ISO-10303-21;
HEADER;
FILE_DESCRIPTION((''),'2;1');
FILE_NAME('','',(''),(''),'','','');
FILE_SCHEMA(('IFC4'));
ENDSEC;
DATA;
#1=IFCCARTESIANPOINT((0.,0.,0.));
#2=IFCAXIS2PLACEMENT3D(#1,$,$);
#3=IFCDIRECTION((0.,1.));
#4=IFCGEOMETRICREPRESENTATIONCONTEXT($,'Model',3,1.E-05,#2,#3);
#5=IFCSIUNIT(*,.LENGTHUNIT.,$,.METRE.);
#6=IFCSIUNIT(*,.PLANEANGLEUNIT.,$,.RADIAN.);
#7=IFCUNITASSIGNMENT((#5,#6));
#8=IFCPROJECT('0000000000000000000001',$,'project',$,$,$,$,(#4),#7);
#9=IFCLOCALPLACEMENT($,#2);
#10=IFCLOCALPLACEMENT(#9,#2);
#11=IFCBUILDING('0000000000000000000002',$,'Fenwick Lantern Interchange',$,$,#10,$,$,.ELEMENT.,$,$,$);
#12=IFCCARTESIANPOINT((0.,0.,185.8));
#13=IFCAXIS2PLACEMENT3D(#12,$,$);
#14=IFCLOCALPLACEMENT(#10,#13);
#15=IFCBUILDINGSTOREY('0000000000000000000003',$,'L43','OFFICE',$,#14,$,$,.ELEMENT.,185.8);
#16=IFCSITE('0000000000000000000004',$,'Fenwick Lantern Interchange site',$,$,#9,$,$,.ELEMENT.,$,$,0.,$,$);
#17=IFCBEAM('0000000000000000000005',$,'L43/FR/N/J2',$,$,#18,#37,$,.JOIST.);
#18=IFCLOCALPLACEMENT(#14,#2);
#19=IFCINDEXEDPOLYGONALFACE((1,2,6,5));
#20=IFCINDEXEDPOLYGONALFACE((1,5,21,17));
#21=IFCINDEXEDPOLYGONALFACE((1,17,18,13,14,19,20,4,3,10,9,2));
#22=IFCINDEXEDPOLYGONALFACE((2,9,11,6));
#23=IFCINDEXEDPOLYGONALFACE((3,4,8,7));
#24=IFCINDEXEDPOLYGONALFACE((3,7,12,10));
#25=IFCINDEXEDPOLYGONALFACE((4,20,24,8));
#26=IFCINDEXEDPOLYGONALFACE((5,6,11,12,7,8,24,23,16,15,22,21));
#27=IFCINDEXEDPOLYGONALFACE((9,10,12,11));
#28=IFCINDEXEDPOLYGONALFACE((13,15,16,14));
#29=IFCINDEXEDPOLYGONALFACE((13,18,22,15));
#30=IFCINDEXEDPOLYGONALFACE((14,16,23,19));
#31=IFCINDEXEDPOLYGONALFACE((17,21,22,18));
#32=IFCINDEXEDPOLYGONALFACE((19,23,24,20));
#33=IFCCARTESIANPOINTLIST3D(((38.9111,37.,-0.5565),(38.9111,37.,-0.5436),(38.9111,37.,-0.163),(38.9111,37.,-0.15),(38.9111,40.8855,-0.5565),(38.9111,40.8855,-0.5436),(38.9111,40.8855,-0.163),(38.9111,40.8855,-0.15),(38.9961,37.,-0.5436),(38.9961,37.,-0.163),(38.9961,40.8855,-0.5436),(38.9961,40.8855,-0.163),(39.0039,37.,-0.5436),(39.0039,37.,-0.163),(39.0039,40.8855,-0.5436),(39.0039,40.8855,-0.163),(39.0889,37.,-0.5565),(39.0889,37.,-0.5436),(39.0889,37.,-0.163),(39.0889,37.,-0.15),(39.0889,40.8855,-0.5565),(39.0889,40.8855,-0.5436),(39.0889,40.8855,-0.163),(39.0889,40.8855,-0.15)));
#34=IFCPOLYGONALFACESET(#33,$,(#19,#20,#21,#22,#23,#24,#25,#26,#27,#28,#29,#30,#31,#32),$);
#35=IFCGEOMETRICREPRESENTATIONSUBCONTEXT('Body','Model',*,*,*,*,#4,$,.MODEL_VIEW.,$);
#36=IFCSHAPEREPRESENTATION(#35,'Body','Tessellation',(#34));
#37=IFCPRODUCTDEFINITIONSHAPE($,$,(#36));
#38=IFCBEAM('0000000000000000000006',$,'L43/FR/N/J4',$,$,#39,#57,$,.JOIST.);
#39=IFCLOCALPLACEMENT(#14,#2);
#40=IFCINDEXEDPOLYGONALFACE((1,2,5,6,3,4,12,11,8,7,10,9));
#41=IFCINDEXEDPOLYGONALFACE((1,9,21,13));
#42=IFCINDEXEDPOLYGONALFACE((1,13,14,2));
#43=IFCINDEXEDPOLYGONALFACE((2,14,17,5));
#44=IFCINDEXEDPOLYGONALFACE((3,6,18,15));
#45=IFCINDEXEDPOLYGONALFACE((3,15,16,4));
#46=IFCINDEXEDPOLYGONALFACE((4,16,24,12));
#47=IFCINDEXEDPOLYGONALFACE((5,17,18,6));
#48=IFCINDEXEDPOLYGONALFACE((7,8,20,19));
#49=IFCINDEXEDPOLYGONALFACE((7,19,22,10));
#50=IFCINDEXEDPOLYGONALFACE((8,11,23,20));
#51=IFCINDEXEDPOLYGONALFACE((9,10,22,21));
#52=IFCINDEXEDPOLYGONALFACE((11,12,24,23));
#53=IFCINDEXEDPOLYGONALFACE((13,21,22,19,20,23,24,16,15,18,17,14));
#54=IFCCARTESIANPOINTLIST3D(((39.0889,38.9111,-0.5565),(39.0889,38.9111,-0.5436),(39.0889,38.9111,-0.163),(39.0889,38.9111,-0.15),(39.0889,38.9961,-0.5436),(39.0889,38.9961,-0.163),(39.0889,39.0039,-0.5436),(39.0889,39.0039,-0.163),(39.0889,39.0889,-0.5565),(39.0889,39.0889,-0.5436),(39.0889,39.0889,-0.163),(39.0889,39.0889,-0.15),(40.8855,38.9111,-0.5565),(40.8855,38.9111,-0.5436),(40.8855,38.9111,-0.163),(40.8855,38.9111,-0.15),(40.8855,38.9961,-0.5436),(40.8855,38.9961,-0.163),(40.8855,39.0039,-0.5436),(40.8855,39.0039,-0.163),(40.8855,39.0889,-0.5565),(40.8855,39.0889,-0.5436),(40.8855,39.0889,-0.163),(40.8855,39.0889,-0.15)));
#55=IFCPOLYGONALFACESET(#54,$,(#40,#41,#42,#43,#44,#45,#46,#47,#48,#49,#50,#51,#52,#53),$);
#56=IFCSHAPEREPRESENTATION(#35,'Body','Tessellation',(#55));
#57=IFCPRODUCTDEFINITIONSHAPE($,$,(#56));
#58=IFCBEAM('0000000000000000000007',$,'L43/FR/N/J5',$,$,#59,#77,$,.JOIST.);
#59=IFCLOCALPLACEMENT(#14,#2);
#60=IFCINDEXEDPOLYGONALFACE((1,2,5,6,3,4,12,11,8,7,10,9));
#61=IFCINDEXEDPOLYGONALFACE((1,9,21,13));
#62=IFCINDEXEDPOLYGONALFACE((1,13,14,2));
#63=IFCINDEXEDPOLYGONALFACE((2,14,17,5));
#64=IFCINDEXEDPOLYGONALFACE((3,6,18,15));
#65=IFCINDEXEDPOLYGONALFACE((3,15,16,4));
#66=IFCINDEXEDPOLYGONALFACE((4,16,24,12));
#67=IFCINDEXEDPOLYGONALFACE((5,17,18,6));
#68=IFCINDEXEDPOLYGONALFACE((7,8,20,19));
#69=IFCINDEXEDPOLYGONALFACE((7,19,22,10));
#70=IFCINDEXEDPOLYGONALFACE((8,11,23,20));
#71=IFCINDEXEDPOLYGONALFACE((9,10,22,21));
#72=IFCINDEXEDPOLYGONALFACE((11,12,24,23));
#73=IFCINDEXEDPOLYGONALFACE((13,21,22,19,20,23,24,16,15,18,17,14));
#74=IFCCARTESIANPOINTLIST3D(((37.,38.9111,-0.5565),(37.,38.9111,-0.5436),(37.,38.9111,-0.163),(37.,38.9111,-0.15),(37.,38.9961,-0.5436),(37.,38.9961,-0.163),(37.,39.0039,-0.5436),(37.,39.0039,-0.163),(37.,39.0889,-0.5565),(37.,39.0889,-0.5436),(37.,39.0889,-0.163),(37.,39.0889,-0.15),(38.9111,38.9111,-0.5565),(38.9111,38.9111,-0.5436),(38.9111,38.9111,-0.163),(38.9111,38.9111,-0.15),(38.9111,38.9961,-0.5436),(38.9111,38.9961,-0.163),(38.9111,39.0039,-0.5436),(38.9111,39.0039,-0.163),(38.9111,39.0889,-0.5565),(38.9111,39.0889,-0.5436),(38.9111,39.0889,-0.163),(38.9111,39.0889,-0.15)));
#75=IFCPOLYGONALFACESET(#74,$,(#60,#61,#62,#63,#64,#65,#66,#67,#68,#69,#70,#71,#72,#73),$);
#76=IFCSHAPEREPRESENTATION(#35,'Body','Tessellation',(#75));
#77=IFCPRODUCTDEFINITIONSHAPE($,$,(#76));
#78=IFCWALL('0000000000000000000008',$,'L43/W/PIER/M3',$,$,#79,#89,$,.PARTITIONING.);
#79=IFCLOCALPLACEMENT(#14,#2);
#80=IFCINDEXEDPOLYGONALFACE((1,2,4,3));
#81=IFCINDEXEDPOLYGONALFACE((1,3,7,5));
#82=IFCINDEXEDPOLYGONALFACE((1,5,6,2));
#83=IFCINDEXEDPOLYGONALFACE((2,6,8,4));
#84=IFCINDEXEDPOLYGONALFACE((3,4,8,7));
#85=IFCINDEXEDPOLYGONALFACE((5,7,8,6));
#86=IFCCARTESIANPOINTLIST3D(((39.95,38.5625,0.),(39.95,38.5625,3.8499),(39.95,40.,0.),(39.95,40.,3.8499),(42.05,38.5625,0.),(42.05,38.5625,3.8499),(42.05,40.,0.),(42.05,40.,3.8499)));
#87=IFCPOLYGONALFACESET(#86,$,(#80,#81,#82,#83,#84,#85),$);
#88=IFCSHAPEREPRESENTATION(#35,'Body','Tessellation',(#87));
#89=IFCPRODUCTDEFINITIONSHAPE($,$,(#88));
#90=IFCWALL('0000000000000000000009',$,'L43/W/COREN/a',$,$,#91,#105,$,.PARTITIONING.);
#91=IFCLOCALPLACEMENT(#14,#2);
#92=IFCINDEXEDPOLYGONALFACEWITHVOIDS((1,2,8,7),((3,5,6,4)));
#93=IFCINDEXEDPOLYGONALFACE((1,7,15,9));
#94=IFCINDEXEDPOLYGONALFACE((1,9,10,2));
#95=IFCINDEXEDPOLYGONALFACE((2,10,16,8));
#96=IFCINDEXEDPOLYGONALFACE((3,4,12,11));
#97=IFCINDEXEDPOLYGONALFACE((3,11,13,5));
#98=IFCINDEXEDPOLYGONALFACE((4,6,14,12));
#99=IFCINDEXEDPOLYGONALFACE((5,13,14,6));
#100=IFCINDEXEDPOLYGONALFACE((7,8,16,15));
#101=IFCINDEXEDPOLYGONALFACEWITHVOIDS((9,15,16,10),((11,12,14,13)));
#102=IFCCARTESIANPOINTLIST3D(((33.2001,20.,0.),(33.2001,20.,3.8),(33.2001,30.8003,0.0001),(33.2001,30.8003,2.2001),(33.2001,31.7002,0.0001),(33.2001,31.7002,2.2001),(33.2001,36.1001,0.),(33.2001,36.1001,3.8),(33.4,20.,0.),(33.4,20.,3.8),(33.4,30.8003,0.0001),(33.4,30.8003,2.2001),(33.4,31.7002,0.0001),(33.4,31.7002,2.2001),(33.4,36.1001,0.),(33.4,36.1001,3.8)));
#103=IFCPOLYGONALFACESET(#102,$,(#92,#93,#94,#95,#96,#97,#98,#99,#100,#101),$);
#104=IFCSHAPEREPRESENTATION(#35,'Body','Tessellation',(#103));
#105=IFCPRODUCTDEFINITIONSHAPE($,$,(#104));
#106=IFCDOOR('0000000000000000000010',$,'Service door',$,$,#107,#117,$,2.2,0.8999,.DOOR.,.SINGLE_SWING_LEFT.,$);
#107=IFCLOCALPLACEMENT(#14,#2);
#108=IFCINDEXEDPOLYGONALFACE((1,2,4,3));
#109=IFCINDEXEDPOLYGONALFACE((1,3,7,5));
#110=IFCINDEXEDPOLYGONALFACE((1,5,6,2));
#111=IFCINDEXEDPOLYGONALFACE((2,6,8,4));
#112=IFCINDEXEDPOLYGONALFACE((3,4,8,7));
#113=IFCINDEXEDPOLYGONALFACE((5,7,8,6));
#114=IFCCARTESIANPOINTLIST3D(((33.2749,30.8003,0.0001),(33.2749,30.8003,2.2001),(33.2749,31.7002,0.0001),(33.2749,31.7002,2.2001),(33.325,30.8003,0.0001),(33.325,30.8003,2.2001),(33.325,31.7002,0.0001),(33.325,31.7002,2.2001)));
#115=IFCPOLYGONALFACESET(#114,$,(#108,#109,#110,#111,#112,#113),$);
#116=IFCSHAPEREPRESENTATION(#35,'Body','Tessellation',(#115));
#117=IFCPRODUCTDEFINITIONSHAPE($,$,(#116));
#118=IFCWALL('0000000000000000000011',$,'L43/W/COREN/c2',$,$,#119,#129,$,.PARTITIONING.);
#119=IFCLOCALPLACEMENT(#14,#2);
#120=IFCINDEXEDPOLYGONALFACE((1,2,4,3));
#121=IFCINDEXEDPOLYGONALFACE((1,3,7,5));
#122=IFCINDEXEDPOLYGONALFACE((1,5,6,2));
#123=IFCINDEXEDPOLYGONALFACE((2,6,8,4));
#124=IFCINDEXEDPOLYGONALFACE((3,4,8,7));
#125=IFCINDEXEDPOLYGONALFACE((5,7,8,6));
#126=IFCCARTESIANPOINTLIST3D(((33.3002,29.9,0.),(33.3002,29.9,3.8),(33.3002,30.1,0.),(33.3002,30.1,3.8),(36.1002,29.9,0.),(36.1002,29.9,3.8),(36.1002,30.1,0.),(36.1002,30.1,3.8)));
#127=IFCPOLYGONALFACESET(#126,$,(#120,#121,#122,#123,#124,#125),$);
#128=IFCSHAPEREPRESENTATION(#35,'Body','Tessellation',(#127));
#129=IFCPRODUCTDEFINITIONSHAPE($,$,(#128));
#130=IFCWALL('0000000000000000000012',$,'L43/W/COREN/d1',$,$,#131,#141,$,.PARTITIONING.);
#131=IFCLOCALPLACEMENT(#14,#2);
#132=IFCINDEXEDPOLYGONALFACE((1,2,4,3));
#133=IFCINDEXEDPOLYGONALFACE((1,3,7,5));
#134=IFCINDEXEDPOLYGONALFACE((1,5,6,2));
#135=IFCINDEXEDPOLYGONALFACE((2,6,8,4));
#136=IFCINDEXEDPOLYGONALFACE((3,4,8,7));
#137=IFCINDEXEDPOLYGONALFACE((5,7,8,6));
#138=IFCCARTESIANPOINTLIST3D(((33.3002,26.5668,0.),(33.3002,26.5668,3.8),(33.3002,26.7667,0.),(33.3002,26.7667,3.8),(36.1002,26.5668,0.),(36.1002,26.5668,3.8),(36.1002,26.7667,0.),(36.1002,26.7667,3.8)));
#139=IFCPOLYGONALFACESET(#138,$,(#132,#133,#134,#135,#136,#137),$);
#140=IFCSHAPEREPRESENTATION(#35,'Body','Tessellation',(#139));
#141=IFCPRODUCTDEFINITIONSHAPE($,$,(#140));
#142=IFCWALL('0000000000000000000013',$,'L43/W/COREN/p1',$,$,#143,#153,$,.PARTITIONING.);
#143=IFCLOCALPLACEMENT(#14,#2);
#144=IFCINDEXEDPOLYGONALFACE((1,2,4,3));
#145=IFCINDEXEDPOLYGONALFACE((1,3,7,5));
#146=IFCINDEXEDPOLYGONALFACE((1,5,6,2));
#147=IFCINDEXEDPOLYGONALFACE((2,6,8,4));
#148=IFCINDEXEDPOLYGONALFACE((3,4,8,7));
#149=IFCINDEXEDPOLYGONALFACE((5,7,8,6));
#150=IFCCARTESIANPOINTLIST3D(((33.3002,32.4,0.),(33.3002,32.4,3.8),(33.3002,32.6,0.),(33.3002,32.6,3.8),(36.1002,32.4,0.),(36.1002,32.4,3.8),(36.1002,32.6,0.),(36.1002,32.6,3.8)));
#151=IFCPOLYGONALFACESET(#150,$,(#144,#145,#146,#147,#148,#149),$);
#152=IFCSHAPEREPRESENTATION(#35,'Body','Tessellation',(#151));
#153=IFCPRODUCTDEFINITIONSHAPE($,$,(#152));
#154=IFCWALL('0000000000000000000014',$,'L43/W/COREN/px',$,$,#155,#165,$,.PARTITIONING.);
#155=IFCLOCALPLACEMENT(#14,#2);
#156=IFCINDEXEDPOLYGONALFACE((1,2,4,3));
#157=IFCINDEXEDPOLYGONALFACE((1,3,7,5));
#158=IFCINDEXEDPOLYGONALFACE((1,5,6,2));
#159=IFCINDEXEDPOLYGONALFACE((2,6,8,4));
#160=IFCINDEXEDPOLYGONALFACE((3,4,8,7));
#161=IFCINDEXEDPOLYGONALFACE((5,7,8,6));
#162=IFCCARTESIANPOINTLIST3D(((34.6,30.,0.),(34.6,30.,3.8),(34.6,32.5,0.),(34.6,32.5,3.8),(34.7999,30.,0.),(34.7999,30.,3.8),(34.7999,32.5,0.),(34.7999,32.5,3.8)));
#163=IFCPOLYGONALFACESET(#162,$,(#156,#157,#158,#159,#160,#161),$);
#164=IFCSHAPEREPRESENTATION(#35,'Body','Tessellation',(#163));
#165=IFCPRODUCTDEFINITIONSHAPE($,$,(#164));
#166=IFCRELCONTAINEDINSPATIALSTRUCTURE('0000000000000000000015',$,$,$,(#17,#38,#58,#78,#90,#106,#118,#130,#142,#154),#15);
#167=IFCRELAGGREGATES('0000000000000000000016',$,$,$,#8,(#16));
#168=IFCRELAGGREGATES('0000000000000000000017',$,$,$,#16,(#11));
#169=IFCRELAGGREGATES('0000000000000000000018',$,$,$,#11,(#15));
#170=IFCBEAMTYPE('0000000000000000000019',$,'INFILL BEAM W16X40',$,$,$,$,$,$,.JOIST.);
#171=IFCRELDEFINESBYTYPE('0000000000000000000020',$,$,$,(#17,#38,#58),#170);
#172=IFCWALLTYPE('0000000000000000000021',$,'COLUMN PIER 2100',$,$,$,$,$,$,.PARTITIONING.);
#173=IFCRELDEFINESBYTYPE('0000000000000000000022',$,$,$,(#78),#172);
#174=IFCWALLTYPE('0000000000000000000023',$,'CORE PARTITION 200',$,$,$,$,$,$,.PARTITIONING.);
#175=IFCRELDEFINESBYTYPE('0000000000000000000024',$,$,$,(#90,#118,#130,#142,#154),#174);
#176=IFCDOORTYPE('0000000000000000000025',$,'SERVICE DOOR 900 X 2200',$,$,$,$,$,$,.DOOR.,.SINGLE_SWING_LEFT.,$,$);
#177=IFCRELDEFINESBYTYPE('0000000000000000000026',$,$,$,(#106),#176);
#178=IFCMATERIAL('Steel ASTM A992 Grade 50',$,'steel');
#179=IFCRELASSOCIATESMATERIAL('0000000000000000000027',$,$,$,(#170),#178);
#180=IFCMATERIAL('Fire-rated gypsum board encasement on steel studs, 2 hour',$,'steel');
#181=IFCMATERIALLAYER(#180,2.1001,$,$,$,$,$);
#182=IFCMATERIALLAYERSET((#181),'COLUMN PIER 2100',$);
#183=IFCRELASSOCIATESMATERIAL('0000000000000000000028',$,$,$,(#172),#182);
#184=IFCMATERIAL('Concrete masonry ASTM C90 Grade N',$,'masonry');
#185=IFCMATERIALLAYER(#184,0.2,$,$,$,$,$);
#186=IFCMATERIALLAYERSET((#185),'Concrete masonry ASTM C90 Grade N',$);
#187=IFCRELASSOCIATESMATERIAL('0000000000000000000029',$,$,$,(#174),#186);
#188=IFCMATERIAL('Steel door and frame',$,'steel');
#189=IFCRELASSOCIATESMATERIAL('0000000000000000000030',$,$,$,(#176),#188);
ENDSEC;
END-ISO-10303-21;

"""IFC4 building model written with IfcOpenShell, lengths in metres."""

from ifc_helpers import new_model, si_unit, direction, frame, frame_2d, origin, origin_2d, place, context, subcontext, project, spatial, rectangle, i_section, extrude, material, layer, layer_set, material_profile, profile_set, type_object, element, fill, save


model = new_model("IFC4")

# Units and contexts
model_context = context("Model", 3, precision=1e-05, world=origin(), true_north=direction((0.0, 1.0)))
body_context = subcontext(model_context, "Body", "Model", "MODEL_VIEW")
ifc_project = project(units=[si_unit("LENGTHUNIT", "METRE"), si_unit("PLANEANGLEUNIT", "RADIAN")], contexts=[model_context])

# Site, building, storey
site_placement = place(None, origin())
site = spatial("IfcSite", under=ifc_project, at=site_placement, Name="Fenwick Lantern Interchange site", CompositionType="ELEMENT", RefElevation=0.0)
building_placement = place(site_placement, origin())
building = spatial("IfcBuilding", under=site, at=building_placement, Name="Fenwick Lantern Interchange", CompositionType="ELEMENT")
storey_placement = place(building_placement, frame((0.0, 0.0, 185.8)))
storey = spatial("IfcBuildingStorey", under=building, at=storey_placement, Name="L43", Description="OFFICE", CompositionType="ELEMENT", Elevation=185.8)

# Beams
ifc_material_1 = material(Name="Steel ASTM A992 Grade 50", Category="steel")
ifc_material_profile = material_profile(ifc_material_1, i_section(OverallWidth=0.1777, OverallDepth=0.4065, WebThickness=0.0078, FlangeThickness=0.0129, at=origin_2d()), Name="W16X40")
ifc_profile_set = profile_set([ifc_material_profile], Name="Steel ASTM A992 Grade 50")
beam_type = type_object("IfcBeamType", Name="INFILL BEAM W16X40", PredefinedType="JOIST", material=ifc_profile_set)
beam_1_placement = place(storey_placement, frame((39.0, 40.8855, -0.3533), z_axis=(0.0, -1.0, 0.0), x_axis=(1.0, 0.0, 0.0)))
element("IfcBeam", 1, at=beam_1_placement, inside=storey, type_object=beam_type, Name="L43/FR/N/J2", PredefinedType="JOIST", context=body_context, shape_type="SweptSolid", body=[
    extrude(i_section(OverallWidth=0.1777, OverallDepth=0.4065, WebThickness=0.0078, FlangeThickness=0.0129, at=origin_2d()), origin(), (0.0, 0.0, 1.0), 3.8855),
])
beam_2_placement = place(storey_placement, frame((40.8855, 39.0, -0.3533), z_axis=(-1.0, 0.0, 0.0), x_axis=(0.0, -1.0, 0.0)))
element("IfcBeam", 2, at=beam_2_placement, inside=storey, type_object=beam_type, Name="L43/FR/N/J4", PredefinedType="JOIST", context=body_context, shape_type="SweptSolid", body=[
    extrude(i_section(OverallWidth=0.1777, OverallDepth=0.4065, WebThickness=0.0078, FlangeThickness=0.0129, at=origin_2d()), origin(), (0.0, 0.0, 1.0), 1.7966),
])
beam_3_placement = place(storey_placement, frame((38.9111, 39.0, -0.3533), z_axis=(-1.0, 0.0, 0.0), x_axis=(0.0, -1.0, 0.0)))
element("IfcBeam", 3, at=beam_3_placement, inside=storey, type_object=beam_type, Name="L43/FR/N/J5", PredefinedType="JOIST", context=body_context, shape_type="SweptSolid", body=[
    extrude(i_section(OverallWidth=0.1777, OverallDepth=0.4065, WebThickness=0.0078, FlangeThickness=0.0129, at=origin_2d()), origin(), (0.0, 0.0, 1.0), 1.9111),
])

# Wall
ifc_material_2 = material(Name="Fire-rated gypsum board encasement on steel studs, 2 hour", Category="steel")
ifc_layer_1 = layer(ifc_material_2, 2.1001)
ifc_layer_set_1 = layer_set([ifc_layer_1], Name="COLUMN PIER 2100")
wall_type_1 = type_object("IfcWallType", Name="COLUMN PIER 2100", PredefinedType="PARTITIONING", material=ifc_layer_set_1)
wall_1_placement = place(storey_placement, frame((41.0, 38.5625, 0.0), z_axis=(0.0, 0.0, 1.0), x_axis=(0.0, 1.0, 0.0)))
element("IfcWall", 4, at=wall_1_placement, inside=storey, type_object=wall_type_1, Name="L43/W/PIER/M3", PredefinedType="PARTITIONING", context=body_context, shape_type="SweptSolid", body=[
    extrude(rectangle(XDim=1.4375, YDim=2.1001, at=frame_2d((0.7188, 0.0))), origin(), (0.0, 0.0, 1.0), 3.8499),
])

# Wall, opening, door
ifc_material_3 = material(Name="Concrete masonry ASTM C90 Grade N", Category="masonry")
ifc_layer_2 = layer(ifc_material_3, 0.2)
ifc_layer_set_2 = layer_set([ifc_layer_2], Name="Concrete masonry ASTM C90 Grade N")
wall_type_2 = type_object("IfcWallType", Name="CORE PARTITION 200", PredefinedType="PARTITIONING", material=ifc_layer_set_2)
wall_2_placement = place(storey_placement, frame((33.3, 36.1001, 0.0), z_axis=(0.0, 0.0, 1.0), x_axis=(0.0, -1.0, 0.0)))
wall_2 = element("IfcWall", 5, at=wall_2_placement, inside=storey, type_object=wall_type_2, Name="L43/W/COREN/a", PredefinedType="PARTITIONING", context=body_context, shape_type="SweptSolid", body=[
    extrude(rectangle(XDim=16.1001, YDim=0.2, at=frame_2d((8.05, 0.0))), origin(), (0.0, 0.0, 1.0), 3.8),
])
opening_1_placement = place(wall_2_placement, frame((4.3999, 0.0, 0.0)))
opening_1 = element("IfcOpeningElement", 6, at=opening_1_placement, cuts=wall_2, PredefinedType="OPENING", context=body_context, shape_type="SweptSolid", body=[
    extrude(rectangle(XDim=0.8999, YDim=2.2, at=frame_2d((0.45, 1.1001))), frame((0.0, 0.1099, 0.0), z_axis=(0.0, -1.0, 0.0), x_axis=(1.0, 0.0, 0.0)), (0.0, 0.0, 1.0), 0.22),
])
ifc_material_4 = material(Name="Steel door and frame", Category="steel")
door_type_1 = type_object("IfcDoorType", Name="SERVICE DOOR 900 X 2200", OperationType="SINGLE_SWING_LEFT", PredefinedType="DOOR", material=ifc_material_4)
door_1_placement = place(opening_1_placement, origin())
door_1 = element("IfcDoor", 7, at=door_1_placement, inside=storey, type_object=door_type_1, Name="Service door", OperationType="SINGLE_SWING_LEFT", OverallHeight=2.2, OverallWidth=0.8999, PredefinedType="DOOR", context=body_context, shape_type="SweptSolid", body=[
    extrude(rectangle(XDim=0.8999, YDim=2.2, at=frame_2d((0.45, 1.1001))), frame((0.0, 0.0249, 0.0), z_axis=(0.0, -1.0, 0.0), x_axis=(1.0, 0.0, 0.0)), (0.0, 0.0, 1.0), 0.05),
])
fill(opening_1, door_1)

# Walls
for number, where, z_axis, x_axis, name in (
    (8, (36.1001, 30.0, 0.0), (0.0, 0.0, 1.0), (-1.0, 0.0, 0.0), "L43/W/COREN/c2"),
    (9, (36.1001, 26.6667, 0.0), (0.0, 0.0, 1.0), (-1.0, 0.0, 0.0), "L43/W/COREN/d1"),
    (10, (36.1001, 32.5, 0.0), (0.0, 0.0, 1.0), (-1.0, 0.0, 0.0), "L43/W/COREN/p1"),
):
    element("IfcWall", number, at=place(storey_placement, frame(where, z_axis=z_axis, x_axis=x_axis)), inside=storey, type_object=wall_type_2, Name=name, PredefinedType="PARTITIONING", context=body_context, shape_type="SweptSolid", body=[
        extrude(rectangle(XDim=2.8, YDim=0.2, at=frame_2d((1.3999, 0.0))), origin(), (0.0, 0.0, 1.0), 3.8),
    ])
wall_3_placement = place(storey_placement, frame((34.7, 32.5, 0.0), z_axis=(0.0, 0.0, 1.0), x_axis=(0.0, -1.0, 0.0)))
element("IfcWall", 11, at=wall_3_placement, inside=storey, type_object=wall_type_2, Name="L43/W/COREN/px", PredefinedType="PARTITIONING", context=body_context, shape_type="SweptSolid", body=[
    extrude(rectangle(XDim=2.5, YDim=0.2, at=frame_2d((1.25, 0.0))), origin(), (0.0, 0.0, 1.0), 3.8),
])

save(model, "model.ifc")
